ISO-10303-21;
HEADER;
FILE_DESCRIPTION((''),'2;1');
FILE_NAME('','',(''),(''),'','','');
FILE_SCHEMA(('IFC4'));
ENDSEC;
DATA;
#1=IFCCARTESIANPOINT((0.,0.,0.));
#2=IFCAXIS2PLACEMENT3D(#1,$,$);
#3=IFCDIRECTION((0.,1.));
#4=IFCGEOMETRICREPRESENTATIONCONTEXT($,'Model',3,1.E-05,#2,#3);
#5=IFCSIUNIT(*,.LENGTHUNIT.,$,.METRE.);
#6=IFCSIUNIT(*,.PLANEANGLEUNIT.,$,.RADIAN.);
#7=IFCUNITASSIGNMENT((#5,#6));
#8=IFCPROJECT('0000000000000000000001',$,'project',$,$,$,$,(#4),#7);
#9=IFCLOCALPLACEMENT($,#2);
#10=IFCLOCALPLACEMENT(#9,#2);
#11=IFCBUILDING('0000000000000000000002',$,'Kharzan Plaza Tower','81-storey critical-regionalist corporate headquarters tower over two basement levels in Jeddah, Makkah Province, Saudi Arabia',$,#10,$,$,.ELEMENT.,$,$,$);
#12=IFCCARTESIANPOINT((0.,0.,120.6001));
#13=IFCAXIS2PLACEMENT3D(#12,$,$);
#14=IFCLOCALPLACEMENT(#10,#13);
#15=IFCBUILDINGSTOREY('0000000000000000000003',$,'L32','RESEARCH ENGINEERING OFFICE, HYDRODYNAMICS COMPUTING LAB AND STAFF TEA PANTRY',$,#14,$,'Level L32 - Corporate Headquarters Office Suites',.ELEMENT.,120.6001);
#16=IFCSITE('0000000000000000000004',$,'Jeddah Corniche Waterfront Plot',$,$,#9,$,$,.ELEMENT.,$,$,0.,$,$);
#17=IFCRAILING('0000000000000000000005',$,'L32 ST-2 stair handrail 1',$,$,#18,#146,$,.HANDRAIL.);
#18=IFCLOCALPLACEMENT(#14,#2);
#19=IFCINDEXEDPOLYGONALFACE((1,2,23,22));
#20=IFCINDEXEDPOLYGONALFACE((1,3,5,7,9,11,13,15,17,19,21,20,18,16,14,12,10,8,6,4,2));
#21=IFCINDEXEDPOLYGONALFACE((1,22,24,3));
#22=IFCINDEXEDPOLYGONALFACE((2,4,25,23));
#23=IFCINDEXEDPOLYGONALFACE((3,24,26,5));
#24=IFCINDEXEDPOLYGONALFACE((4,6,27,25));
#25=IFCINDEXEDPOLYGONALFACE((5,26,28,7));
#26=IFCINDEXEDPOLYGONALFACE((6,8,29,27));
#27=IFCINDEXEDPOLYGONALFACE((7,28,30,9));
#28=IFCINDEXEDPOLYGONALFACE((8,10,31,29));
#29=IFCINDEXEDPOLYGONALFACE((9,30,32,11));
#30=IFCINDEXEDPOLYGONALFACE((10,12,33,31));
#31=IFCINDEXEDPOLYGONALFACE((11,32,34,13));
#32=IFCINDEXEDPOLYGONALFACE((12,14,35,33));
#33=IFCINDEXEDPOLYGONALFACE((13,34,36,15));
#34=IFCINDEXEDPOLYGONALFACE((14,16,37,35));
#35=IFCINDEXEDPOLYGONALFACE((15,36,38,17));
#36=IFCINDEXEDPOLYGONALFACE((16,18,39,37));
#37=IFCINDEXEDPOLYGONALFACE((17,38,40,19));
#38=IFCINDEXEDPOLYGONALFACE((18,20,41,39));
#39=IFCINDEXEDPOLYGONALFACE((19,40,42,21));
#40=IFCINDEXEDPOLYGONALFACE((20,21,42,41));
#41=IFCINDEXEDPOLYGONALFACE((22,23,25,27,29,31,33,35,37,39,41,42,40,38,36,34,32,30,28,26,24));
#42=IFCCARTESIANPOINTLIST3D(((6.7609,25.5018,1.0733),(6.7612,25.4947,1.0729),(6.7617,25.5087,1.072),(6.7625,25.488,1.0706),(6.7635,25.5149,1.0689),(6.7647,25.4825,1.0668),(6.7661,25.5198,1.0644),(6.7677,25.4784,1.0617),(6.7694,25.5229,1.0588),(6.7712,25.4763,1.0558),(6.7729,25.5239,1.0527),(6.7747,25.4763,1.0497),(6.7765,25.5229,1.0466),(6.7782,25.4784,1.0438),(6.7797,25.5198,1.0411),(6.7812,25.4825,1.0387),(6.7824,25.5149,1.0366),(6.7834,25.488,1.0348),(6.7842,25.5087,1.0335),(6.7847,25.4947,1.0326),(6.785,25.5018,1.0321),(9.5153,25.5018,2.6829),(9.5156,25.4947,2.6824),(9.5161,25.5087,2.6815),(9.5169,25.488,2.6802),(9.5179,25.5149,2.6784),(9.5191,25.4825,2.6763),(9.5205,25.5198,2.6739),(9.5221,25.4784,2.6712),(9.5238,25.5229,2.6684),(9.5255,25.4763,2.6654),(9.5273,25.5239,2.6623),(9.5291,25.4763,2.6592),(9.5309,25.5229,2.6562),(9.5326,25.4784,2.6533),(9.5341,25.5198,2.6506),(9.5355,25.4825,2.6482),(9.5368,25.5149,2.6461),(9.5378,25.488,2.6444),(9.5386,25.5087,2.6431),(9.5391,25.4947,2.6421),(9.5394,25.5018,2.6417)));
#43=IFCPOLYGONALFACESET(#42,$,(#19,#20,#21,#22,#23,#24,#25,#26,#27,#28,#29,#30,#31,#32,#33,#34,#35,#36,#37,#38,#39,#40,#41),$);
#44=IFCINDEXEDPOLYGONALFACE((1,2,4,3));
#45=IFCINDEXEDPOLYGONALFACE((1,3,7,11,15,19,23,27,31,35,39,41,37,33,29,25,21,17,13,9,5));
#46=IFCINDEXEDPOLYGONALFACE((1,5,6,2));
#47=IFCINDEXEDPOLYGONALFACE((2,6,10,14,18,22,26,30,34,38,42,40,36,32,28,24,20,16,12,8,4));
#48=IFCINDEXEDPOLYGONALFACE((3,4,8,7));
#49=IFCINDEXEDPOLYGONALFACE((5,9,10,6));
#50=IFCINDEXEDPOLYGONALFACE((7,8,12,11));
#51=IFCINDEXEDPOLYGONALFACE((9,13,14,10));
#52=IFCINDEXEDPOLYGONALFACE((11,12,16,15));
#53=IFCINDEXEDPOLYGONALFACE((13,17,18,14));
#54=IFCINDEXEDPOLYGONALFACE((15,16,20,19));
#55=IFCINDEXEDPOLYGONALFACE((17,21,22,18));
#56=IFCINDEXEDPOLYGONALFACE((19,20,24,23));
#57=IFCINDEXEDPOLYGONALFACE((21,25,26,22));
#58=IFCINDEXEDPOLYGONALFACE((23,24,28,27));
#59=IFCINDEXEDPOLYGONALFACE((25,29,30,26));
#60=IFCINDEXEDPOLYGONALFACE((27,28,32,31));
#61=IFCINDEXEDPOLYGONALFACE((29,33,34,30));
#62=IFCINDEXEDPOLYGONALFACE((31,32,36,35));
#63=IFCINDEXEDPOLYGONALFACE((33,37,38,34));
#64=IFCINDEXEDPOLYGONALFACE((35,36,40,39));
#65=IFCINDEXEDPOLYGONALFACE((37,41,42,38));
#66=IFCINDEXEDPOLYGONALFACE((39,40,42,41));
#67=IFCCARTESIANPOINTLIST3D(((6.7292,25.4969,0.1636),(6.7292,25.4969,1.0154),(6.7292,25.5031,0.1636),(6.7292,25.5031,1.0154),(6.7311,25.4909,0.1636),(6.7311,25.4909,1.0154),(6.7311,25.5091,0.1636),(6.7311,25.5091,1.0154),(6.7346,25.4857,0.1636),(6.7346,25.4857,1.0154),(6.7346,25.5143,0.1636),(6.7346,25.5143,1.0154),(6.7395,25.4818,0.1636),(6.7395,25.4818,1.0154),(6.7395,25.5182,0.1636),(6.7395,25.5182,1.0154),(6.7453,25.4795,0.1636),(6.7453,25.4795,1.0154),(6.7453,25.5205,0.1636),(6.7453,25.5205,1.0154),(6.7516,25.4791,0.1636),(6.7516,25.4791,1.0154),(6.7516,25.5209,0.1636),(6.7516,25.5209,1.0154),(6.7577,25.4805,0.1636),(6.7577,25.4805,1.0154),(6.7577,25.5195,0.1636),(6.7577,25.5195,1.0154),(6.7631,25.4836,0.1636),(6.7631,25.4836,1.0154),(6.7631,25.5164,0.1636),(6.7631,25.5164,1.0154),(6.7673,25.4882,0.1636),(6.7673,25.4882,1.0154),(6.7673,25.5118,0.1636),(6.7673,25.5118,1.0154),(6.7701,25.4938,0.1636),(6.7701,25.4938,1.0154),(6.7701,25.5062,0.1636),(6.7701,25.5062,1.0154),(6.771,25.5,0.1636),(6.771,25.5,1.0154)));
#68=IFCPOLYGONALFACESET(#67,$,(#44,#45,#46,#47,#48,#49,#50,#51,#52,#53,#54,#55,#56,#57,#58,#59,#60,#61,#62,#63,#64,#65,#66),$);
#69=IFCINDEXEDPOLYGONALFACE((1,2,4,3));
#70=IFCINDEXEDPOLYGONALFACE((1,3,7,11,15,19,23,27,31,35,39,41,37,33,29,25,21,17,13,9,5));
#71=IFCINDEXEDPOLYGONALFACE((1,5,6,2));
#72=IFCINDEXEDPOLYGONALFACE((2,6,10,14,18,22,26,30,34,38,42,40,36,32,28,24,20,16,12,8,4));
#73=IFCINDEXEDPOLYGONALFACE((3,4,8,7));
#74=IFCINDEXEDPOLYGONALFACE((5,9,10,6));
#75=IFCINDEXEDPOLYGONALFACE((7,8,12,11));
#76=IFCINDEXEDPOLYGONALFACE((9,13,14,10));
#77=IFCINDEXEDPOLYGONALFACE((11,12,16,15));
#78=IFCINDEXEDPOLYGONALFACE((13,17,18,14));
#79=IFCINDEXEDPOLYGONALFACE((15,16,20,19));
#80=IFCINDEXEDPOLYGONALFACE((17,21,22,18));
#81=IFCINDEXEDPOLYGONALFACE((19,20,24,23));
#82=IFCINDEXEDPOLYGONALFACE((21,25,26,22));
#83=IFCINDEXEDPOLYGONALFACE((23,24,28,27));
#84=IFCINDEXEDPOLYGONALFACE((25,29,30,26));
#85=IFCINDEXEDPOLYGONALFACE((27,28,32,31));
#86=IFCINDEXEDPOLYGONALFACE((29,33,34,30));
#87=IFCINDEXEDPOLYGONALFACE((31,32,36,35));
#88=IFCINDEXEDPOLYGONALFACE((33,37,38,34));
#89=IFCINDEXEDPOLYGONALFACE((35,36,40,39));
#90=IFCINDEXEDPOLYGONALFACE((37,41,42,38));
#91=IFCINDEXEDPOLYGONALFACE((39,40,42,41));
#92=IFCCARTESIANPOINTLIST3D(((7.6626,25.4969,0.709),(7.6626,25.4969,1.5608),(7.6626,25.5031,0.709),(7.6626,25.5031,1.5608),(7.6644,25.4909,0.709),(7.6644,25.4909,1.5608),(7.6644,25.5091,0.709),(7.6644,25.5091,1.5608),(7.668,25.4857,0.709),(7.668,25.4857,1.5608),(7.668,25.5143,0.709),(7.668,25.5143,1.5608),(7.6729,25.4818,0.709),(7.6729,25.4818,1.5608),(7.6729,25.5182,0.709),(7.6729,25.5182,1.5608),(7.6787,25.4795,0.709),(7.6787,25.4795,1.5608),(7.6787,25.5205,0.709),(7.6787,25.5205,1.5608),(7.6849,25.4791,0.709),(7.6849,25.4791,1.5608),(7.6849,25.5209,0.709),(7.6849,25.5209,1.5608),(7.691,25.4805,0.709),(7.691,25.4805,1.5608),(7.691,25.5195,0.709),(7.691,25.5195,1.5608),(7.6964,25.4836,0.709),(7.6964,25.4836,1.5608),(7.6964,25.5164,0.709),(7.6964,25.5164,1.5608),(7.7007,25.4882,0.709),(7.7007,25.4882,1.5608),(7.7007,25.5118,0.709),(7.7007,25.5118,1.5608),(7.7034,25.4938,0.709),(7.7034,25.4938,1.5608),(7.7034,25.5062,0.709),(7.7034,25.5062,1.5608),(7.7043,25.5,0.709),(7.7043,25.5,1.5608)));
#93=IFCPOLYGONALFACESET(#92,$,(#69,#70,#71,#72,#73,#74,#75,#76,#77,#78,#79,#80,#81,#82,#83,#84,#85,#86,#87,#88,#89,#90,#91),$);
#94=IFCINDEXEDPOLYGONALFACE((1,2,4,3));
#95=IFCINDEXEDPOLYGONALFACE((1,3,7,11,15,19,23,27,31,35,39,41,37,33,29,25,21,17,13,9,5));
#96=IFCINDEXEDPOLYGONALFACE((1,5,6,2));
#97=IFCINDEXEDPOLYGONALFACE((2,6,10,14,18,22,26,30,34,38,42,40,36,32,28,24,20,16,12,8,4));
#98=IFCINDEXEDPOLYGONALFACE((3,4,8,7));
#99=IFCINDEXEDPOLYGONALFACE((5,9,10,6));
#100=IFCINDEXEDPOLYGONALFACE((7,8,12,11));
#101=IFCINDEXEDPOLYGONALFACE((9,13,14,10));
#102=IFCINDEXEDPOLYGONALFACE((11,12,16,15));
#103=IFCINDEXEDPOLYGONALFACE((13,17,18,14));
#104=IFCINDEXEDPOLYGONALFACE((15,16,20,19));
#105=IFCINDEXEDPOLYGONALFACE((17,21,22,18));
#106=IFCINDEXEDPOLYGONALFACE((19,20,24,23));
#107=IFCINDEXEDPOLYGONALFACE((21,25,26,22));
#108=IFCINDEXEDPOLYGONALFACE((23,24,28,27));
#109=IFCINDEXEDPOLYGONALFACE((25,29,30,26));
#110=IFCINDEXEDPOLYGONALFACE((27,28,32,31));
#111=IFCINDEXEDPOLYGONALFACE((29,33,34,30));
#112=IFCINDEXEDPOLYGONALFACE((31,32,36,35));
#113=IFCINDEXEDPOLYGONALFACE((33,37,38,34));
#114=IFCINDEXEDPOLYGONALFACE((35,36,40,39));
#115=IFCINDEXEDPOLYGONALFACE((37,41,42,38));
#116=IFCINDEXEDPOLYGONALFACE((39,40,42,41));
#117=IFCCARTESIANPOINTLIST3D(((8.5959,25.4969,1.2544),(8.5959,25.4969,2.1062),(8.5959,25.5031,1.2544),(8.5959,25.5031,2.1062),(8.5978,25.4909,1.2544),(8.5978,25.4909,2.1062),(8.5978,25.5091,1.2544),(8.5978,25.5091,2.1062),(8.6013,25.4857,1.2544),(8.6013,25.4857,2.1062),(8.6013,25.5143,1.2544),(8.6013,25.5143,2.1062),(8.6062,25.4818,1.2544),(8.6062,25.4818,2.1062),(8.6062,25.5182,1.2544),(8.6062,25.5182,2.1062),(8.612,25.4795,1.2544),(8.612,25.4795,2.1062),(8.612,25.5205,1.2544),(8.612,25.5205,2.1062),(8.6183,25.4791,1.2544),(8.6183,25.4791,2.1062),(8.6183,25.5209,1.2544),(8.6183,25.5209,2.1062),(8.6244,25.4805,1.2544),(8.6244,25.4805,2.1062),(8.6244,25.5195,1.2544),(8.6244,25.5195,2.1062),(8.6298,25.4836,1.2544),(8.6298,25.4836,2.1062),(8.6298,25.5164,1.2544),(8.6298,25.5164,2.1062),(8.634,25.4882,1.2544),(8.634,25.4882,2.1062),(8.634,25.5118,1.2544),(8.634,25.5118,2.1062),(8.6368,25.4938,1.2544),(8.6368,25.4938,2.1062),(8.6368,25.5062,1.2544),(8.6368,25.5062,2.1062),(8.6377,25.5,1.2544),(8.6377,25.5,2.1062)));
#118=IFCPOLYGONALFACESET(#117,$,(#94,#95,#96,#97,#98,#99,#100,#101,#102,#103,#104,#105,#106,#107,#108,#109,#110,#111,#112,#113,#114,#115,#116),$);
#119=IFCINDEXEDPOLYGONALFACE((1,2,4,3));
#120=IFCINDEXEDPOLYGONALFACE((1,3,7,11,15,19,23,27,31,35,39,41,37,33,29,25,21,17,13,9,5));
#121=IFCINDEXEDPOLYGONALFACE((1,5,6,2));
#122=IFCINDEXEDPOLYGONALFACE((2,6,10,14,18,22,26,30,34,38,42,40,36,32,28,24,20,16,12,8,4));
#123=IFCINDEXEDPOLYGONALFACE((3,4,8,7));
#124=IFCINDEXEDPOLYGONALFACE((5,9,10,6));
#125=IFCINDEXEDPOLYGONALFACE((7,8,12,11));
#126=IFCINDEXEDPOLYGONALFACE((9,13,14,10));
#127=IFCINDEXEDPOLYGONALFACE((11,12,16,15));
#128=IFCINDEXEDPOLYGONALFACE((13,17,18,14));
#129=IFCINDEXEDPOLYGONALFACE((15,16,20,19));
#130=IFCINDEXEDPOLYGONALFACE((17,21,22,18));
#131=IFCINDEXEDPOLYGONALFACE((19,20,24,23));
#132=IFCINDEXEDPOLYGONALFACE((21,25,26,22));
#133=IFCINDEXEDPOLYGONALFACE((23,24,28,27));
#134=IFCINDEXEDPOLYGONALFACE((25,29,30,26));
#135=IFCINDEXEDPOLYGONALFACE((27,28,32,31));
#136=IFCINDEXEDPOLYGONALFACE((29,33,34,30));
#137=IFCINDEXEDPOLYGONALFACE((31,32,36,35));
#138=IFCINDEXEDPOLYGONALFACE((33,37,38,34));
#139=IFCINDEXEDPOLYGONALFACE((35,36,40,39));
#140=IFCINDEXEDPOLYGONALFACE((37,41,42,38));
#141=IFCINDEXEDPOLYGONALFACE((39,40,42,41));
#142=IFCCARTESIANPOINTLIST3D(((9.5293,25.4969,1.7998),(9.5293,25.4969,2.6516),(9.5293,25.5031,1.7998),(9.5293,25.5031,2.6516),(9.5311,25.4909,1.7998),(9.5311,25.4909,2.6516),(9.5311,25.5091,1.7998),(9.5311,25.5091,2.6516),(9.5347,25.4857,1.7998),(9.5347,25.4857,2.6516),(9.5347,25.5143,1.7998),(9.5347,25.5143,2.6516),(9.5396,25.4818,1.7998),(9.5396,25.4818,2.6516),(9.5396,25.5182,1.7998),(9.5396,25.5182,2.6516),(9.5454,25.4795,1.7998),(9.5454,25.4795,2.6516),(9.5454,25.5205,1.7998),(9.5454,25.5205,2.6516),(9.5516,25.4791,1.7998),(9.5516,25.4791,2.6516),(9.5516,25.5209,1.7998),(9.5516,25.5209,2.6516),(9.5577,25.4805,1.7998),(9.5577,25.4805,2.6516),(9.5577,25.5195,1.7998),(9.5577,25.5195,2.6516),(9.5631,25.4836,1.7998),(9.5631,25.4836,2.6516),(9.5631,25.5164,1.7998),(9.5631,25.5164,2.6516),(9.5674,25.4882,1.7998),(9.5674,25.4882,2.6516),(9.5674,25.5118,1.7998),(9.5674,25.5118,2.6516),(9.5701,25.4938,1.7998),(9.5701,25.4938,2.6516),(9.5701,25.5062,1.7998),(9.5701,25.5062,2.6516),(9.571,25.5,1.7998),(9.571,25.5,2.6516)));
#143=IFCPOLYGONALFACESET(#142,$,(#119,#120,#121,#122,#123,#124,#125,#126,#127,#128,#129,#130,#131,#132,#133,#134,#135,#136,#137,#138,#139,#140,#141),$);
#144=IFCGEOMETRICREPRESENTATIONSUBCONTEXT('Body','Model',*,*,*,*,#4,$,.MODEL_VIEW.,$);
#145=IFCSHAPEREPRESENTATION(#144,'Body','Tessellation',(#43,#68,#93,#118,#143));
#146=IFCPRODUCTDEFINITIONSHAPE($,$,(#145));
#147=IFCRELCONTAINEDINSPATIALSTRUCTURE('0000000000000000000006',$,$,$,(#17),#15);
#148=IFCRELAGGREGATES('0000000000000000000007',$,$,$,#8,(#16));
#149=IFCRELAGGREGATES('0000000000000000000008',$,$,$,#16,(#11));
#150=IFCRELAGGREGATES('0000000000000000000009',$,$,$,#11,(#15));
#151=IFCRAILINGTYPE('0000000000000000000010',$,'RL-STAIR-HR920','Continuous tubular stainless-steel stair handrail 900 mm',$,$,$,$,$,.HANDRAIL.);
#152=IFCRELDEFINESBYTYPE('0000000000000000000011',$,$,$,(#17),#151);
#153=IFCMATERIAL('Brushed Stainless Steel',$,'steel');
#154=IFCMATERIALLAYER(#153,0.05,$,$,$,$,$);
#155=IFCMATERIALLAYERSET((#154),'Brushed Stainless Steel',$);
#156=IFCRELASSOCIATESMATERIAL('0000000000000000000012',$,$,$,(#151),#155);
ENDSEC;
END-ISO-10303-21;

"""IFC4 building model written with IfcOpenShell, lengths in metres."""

from ifc_helpers import new_model, si_unit, direction, frame, origin, origin_2d, place, context, subcontext, project, spatial, circle, extrude, source, transform, mapped, material, layer, layer_set, type_object, element, save


model = new_model("IFC4")

# Units and contexts
model_context = context("Model", 3, precision=1e-05, world=origin(), true_north=direction((0.0, 1.0)))
body_context = subcontext(model_context, "Body", "Model", "MODEL_VIEW")
ifc_project = project(units=[si_unit("LENGTHUNIT", "METRE"), si_unit("PLANEANGLEUNIT", "RADIAN")], contexts=[model_context])

# Site, building, storey
site_placement = place(None, origin())
site = spatial("IfcSite", under=ifc_project, at=site_placement, Name="Jeddah Corniche Waterfront Plot", CompositionType="ELEMENT", RefElevation=0.0)
building_placement = place(site_placement, origin())
building = spatial("IfcBuilding", under=site, at=building_placement, Name="Kharzan Plaza Tower", Description="81-storey critical-regionalist corporate headquarters tower over two basement levels in Jeddah, Makkah Province, Saudi Arabia", CompositionType="ELEMENT")
storey_placement = place(building_placement, frame((0.0, 0.0, 120.6001)))
storey = spatial("IfcBuildingStorey", under=building, at=storey_placement, Name="L32", Description="RESEARCH ENGINEERING OFFICE, HYDRODYNAMICS COMPUTING LAB AND STAFF TEA PANTRY", LongName="Level L32 - Corporate Headquarters Office Suites", CompositionType="ELEMENT", Elevation=120.6001)

# Railing
ifc_material_1 = material(Name="Brushed Stainless Steel", Category="steel")
ifc_layer_1 = layer(ifc_material_1, 0.05)
ifc_layer_set_1 = layer_set([ifc_layer_1], Name="Brushed Stainless Steel")
railing_type_1 = type_object("IfcRailingType", Name="RL-STAIR-HR920", Description="Continuous tubular stainless-steel stair handrail 900 mm", PredefinedType="HANDRAIL", material=ifc_layer_set_1)
shared_shape_1 = source(origin(), body_context, "Body", "SweptSolid", [
    extrude(circle(Radius=0.0239, at=origin_2d()), frame((0.0229, 0.0, 0.8892), z_axis=(0.863394, 0.0, 0.504531), x_axis=(0.0, 1.0, 0.0)), (0.0, 0.0, 1.0), 3.1902),
    extrude(circle(Radius=0.021, at=origin_2d()), origin(), (0.0, 0.0, 1.0), 0.8518),
    extrude(circle(Radius=0.021, at=origin_2d()), frame((0.9333, 0.0, 0.5454)), (0.0, 0.0, 1.0), 0.8518),
    extrude(circle(Radius=0.021, at=origin_2d()), frame((1.8667, 0.0, 1.0908)), (0.0, 0.0, 1.0), 0.8518),
    extrude(circle(Radius=0.021, at=origin_2d()), frame((2.8, 0.0, 1.6362)), (0.0, 0.0, 1.0), 0.8518),
])
railing_1_placement = place(storey_placement, frame((6.75, 25.5, 0.1636)))
element("IfcRailing", 1, at=railing_1_placement, inside=storey, type_object=railing_type_1, Name="L32 ST-2 stair handrail 1", PredefinedType="HANDRAIL", context=body_context, shape_type="MappedRepresentation", body=[
    mapped(shared_shape_1, transform((0.0, 0.0, 0.0), x_axis=(1.0, 0.0, 0.0), y_axis=(0.0, 1.0, 0.0), z_axis=(0.0, 0.0, 1.0))),
])

save(model, "model.ifc")
